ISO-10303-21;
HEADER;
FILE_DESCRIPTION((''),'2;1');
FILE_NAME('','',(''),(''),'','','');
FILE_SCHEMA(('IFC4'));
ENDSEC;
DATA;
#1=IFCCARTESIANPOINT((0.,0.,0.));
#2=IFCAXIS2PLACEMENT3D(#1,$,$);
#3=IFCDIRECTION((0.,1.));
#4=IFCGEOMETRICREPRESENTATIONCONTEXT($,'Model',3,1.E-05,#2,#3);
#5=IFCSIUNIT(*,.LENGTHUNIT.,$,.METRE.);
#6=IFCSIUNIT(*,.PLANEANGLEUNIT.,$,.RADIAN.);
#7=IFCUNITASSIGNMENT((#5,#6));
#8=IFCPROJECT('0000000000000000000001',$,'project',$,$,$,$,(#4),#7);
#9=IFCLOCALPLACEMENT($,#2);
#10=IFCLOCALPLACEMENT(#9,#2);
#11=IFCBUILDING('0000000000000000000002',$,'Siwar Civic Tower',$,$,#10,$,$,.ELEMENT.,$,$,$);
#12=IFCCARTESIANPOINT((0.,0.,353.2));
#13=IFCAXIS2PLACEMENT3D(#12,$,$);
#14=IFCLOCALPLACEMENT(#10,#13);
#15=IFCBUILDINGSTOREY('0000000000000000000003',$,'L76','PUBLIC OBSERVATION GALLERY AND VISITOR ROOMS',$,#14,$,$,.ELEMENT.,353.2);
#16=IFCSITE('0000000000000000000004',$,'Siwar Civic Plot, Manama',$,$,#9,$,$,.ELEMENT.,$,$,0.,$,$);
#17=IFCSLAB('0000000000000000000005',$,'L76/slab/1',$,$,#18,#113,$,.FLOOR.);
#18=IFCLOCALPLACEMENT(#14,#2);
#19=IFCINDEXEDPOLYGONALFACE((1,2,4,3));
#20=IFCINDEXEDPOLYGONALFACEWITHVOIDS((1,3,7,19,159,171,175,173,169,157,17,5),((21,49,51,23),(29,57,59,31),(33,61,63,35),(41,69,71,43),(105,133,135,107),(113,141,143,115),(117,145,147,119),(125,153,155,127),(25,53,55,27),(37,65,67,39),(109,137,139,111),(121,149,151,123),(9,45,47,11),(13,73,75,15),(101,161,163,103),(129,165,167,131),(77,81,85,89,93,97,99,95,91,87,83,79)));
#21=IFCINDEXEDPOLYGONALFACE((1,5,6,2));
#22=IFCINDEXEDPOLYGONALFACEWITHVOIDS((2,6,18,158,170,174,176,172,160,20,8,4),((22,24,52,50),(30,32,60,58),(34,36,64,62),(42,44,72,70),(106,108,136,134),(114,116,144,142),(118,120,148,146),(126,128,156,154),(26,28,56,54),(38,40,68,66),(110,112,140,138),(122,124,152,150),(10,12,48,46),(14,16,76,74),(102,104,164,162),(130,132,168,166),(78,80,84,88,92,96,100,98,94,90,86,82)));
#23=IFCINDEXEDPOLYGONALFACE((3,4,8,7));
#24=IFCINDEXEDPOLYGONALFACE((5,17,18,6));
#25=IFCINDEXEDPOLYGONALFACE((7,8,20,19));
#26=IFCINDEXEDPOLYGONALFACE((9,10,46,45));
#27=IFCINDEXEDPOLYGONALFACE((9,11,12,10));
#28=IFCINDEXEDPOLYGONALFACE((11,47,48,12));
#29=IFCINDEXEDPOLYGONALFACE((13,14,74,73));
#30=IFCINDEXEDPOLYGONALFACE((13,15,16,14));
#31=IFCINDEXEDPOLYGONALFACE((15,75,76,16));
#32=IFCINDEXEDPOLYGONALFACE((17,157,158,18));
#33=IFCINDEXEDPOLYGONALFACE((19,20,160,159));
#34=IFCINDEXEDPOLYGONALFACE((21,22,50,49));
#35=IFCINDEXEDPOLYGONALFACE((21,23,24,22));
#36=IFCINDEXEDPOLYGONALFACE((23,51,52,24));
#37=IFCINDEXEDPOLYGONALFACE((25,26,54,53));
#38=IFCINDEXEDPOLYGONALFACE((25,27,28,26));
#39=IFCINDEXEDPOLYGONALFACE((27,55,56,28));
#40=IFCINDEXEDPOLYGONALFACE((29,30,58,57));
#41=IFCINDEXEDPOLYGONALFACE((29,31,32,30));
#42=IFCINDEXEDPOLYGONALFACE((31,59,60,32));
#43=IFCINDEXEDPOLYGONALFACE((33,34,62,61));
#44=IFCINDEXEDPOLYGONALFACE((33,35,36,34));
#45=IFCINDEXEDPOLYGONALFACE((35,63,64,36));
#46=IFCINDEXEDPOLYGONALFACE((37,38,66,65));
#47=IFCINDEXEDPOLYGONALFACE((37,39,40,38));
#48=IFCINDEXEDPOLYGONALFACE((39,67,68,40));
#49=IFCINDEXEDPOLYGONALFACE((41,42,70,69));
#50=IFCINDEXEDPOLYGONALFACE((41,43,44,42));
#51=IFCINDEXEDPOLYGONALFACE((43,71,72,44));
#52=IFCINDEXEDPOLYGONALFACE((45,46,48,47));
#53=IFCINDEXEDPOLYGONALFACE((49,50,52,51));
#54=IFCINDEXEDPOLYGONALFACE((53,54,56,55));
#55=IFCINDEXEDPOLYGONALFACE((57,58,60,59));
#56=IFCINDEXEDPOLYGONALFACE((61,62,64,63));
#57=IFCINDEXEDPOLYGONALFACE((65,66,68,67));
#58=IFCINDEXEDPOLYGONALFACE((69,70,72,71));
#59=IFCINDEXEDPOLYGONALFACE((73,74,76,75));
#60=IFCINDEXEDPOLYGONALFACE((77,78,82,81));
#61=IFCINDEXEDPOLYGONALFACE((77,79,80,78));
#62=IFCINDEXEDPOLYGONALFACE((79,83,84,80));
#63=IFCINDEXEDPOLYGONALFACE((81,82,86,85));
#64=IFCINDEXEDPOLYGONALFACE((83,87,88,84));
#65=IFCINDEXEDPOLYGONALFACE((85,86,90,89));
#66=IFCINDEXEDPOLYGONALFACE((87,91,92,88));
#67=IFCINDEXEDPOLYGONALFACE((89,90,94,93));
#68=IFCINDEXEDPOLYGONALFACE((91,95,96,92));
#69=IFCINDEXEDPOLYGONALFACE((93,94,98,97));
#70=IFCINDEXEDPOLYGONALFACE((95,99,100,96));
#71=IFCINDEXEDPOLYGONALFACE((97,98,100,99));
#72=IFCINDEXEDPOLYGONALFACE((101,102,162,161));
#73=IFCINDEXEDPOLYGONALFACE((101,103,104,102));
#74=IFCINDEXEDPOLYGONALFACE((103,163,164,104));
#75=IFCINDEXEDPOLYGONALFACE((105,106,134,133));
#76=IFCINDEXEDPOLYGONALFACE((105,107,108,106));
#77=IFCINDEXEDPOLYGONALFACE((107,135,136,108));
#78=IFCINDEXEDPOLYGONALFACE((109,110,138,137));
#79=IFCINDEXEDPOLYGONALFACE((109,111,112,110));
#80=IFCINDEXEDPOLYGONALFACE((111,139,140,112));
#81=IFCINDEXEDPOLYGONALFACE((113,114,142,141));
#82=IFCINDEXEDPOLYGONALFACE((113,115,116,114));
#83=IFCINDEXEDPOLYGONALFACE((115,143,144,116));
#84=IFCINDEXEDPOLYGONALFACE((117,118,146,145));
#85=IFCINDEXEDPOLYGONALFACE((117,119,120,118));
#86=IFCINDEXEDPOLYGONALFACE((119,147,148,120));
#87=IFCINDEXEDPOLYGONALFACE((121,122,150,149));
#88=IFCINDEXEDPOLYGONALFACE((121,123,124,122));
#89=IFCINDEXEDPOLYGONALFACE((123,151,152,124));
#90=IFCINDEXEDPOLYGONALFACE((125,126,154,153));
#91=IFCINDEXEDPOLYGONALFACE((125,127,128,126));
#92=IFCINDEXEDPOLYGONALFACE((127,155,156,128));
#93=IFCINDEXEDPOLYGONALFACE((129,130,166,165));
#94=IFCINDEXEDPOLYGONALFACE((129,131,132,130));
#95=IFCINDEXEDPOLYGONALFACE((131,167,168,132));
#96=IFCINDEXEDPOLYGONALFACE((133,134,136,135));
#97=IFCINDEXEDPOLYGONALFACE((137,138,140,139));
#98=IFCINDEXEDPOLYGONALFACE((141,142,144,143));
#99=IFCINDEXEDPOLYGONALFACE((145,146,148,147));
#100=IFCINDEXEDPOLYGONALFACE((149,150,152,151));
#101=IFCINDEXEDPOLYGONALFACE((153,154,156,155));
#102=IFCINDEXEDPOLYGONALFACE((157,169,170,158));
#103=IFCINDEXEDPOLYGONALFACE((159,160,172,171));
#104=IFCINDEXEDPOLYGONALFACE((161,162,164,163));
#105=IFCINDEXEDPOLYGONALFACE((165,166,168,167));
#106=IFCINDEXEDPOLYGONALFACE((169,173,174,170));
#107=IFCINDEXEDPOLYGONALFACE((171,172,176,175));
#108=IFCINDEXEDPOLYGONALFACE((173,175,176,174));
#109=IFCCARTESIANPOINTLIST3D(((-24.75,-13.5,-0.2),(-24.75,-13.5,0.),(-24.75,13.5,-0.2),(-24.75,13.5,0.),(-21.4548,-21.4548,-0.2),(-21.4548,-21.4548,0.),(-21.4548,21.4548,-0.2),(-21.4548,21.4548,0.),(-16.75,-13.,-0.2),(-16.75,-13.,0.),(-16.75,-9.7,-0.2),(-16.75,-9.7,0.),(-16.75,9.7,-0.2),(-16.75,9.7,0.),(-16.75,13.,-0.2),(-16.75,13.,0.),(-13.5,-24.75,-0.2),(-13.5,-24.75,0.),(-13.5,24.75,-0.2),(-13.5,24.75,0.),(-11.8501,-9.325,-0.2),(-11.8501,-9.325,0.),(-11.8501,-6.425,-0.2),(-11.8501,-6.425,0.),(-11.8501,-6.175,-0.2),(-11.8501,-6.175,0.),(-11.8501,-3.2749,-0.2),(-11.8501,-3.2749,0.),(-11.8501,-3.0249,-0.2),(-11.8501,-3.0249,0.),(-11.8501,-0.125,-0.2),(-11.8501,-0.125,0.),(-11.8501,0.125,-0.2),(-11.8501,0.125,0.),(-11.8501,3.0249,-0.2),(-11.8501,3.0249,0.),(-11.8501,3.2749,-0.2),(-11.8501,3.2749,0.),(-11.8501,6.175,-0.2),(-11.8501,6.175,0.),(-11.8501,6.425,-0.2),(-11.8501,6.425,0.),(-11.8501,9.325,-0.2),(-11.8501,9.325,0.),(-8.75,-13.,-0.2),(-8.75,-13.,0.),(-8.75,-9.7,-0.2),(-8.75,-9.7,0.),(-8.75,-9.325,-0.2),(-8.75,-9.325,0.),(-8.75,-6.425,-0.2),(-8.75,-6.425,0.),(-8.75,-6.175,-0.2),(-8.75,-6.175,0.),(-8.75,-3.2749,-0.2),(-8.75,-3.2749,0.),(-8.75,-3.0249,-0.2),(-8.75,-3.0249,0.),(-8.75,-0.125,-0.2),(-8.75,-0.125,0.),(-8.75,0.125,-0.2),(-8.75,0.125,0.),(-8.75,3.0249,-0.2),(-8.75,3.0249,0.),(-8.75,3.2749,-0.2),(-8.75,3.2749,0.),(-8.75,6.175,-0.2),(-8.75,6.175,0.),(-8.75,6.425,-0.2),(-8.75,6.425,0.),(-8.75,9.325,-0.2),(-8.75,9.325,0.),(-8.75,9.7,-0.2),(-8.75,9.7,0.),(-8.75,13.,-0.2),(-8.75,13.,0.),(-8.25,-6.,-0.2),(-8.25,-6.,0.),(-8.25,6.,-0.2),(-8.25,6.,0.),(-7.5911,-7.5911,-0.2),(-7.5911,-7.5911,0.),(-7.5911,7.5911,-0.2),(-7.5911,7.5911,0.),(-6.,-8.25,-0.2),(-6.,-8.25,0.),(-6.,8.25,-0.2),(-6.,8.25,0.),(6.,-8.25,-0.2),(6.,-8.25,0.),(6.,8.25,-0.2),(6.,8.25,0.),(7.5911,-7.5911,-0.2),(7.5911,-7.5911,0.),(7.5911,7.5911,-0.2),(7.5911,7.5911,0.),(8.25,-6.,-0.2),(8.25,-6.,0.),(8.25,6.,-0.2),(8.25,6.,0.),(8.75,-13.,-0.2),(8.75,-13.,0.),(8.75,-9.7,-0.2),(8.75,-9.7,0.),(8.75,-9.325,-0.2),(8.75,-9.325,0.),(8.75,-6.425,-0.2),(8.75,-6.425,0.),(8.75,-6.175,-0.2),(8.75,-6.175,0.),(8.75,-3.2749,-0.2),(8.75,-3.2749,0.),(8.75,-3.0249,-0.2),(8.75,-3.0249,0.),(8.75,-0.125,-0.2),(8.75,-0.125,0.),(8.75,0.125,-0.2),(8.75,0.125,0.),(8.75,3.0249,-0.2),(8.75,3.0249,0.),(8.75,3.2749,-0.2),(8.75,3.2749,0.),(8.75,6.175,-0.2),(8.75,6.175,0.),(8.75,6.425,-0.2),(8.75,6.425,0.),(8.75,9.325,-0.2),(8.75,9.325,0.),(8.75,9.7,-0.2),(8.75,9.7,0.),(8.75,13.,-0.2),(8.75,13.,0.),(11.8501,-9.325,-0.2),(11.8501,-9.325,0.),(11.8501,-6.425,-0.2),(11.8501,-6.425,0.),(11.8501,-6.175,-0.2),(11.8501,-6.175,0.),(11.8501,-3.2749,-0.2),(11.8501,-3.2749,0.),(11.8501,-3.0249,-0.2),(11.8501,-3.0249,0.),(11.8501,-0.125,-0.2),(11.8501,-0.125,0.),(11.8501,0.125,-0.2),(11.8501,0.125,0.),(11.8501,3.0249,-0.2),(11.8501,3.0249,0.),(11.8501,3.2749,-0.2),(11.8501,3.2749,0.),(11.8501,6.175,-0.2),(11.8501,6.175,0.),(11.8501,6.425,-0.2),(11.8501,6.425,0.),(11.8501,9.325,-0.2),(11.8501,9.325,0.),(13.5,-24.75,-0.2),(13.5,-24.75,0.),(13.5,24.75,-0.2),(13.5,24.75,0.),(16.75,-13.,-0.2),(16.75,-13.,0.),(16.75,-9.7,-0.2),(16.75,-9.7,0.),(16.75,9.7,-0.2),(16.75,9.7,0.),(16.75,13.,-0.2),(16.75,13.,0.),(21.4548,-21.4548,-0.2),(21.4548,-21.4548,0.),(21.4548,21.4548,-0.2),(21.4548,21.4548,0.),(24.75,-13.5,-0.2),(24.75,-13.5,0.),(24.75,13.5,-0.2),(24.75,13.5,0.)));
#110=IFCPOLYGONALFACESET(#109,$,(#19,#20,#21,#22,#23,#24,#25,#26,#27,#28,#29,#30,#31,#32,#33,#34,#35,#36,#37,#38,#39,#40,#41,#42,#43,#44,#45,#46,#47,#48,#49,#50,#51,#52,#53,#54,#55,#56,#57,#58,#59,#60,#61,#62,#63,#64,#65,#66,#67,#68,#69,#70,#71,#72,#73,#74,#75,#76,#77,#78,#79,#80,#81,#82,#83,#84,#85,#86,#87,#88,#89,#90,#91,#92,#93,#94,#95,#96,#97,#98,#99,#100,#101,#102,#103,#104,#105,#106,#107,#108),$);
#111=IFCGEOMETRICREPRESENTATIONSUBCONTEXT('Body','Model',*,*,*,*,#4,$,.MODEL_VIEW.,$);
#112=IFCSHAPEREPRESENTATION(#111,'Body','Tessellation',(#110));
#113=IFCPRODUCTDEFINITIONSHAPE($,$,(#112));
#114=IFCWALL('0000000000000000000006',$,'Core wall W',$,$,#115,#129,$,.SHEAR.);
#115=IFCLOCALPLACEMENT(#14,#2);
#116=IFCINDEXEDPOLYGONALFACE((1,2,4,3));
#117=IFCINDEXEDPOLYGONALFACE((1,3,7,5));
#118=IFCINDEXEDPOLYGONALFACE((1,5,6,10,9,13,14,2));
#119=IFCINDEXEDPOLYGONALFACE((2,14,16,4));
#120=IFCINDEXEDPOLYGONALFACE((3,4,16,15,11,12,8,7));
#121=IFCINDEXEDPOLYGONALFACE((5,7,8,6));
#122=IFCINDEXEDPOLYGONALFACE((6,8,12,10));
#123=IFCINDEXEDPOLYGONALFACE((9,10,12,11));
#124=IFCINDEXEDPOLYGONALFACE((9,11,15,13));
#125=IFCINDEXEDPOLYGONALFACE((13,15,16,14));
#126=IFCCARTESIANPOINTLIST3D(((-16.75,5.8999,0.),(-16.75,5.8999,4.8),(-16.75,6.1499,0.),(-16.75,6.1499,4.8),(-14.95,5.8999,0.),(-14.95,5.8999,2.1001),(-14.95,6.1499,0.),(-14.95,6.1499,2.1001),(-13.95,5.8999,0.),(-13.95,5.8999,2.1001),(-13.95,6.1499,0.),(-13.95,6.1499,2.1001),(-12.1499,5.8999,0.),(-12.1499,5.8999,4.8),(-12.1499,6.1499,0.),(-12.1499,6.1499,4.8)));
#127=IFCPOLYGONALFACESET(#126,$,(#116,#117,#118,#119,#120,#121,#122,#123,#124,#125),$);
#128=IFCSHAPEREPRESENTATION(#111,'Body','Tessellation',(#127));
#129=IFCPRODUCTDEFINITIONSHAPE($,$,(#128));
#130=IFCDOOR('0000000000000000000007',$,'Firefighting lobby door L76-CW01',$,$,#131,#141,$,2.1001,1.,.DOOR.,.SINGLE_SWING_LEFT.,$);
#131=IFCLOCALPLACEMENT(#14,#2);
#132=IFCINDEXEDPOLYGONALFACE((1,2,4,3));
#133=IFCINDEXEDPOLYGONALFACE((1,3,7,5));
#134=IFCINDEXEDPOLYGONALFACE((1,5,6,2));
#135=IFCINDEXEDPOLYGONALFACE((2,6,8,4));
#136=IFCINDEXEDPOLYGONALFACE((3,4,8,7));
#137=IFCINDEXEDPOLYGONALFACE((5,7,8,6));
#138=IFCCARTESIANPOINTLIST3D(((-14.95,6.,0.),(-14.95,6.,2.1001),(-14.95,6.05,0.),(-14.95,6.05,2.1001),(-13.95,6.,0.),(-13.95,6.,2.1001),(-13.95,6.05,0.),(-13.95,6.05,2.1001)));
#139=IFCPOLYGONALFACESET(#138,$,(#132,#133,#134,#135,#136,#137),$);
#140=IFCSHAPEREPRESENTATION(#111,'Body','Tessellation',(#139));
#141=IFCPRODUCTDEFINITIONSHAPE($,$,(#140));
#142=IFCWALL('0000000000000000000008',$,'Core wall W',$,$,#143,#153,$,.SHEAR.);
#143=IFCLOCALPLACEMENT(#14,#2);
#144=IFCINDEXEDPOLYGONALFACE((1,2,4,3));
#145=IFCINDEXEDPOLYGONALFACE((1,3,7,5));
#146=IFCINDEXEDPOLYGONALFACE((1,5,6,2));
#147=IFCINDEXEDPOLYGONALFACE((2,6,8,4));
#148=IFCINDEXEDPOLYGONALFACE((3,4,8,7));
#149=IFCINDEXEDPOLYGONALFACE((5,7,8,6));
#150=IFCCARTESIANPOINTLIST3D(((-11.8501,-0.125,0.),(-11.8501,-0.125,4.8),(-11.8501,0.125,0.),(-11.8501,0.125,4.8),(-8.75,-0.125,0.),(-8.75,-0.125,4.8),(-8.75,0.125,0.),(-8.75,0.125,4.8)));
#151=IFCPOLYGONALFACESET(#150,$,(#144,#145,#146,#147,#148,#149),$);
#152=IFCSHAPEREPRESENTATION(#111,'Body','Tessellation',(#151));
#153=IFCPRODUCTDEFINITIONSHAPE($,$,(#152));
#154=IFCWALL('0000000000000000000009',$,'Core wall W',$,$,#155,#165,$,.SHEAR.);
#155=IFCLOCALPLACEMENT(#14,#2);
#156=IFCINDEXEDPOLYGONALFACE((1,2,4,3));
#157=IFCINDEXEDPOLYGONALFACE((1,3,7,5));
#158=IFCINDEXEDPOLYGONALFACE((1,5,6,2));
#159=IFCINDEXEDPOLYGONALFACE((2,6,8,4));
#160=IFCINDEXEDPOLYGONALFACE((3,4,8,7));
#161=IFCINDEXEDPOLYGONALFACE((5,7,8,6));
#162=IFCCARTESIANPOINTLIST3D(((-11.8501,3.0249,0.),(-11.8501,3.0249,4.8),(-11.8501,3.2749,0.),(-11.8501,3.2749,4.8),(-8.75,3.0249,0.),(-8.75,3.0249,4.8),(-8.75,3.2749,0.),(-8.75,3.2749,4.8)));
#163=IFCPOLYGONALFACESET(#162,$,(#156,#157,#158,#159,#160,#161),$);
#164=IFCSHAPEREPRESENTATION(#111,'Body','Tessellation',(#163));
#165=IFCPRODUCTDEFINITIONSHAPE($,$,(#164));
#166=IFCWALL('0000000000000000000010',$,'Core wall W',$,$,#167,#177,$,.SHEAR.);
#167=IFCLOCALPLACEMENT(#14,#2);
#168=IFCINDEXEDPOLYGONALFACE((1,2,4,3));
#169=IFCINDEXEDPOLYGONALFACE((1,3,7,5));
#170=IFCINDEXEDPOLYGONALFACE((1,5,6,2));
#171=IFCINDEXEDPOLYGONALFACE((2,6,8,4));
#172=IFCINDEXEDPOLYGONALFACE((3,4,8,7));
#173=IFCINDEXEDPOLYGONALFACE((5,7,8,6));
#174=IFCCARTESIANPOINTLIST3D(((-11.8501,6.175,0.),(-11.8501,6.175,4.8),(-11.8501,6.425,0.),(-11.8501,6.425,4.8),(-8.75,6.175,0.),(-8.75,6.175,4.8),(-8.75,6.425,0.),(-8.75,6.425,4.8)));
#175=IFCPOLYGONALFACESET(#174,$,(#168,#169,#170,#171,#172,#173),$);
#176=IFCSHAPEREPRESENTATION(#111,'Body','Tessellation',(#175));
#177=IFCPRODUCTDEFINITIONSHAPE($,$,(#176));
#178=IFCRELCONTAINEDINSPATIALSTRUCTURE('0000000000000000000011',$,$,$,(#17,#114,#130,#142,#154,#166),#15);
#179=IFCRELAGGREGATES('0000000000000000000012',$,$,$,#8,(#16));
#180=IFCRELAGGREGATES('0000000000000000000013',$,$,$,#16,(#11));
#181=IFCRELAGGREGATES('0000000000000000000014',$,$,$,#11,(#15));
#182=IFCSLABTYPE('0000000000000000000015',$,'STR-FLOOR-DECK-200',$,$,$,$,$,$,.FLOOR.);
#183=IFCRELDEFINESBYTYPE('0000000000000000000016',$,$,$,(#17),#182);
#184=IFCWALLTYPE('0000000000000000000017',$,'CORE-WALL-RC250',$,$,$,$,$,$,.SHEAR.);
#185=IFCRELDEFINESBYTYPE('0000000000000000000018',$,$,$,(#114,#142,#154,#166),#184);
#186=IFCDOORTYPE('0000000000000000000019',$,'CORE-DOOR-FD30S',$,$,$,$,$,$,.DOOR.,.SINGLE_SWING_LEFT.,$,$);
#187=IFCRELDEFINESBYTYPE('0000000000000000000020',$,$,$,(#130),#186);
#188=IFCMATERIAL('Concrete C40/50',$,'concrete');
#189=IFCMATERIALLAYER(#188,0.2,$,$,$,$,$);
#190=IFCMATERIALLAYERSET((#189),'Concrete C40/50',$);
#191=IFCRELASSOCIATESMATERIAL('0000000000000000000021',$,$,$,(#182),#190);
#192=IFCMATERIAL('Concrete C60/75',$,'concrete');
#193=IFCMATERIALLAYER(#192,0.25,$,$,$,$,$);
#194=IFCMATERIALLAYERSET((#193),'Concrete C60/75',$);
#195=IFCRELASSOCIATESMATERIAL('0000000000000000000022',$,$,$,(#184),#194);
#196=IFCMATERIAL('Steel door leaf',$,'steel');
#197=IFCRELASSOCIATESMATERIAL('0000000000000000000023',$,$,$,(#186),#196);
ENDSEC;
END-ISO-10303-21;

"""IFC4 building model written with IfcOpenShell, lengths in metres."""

from ifc_helpers import new_model, si_unit, direction, frame, frame_2d, origin, place, context, subcontext, project, spatial, polyline, rectangle, outline, extrude, material, layer, layer_set, type_object, element, fill, save


model = new_model("IFC4")

# Units and contexts
model_context = context("Model", 3, precision=1e-05, world=origin(), true_north=direction((0.0, 1.0)))
body_context = subcontext(model_context, "Body", "Model", "MODEL_VIEW")
ifc_project = project(units=[si_unit("LENGTHUNIT", "METRE"), si_unit("PLANEANGLEUNIT", "RADIAN")], contexts=[model_context])

# Site, building, storey
site_placement = place(None, origin())
site = spatial("IfcSite", under=ifc_project, at=site_placement, Name="Siwar Civic Plot, Manama", CompositionType="ELEMENT", RefElevation=0.0)
building_placement = place(site_placement, origin())
building = spatial("IfcBuilding", under=site, at=building_placement, Name="Siwar Civic Tower", CompositionType="ELEMENT")
storey_placement = place(building_placement, frame((0.0, 0.0, 353.2)))
storey = spatial("IfcBuildingStorey", under=building, at=storey_placement, Name="L76", Description="PUBLIC OBSERVATION GALLERY AND VISITOR ROOMS", CompositionType="ELEMENT", Elevation=353.2)

# Slab
ifc_material_1 = material(Name="Concrete C40/50", Category="concrete")
ifc_layer_1 = layer(ifc_material_1, 0.2)
ifc_layer_set_1 = layer_set([ifc_layer_1], Name="Concrete C40/50")
slab_type_1 = type_object("IfcSlabType", Name="STR-FLOOR-DECK-200", PredefinedType="FLOOR", material=ifc_layer_set_1)
slab_1_placement = place(storey_placement, frame((0.0, 0.0, -0.2)))
element("IfcSlab", 1, at=slab_1_placement, inside=storey, type_object=slab_type_1, Name="L76/slab/1", PredefinedType="FLOOR", context=body_context, shape_type="SweptSolid", body=[
    extrude(outline(polyline([(-13.5, -24.75), (13.5, -24.75), (21.4548, -21.4548), (24.75, -13.5), (24.75, 13.5), (21.4548, 21.4548), (13.5, 24.75), (-13.5, 24.75), (-21.4548, 21.4548), (-24.75, 13.5), (-24.75, -13.5), (-21.4548, -21.4548), (-13.5, -24.75)]), holes=[polyline([(16.75, 13.0), (16.75, 9.7), (8.75, 9.7), (8.75, 13.0), (16.75, 13.0)]), polyline([(8.75, -9.7), (16.75, -9.7), (16.75, -13.0), (8.75, -13.0), (8.75, -9.7)]), polyline([(11.8501, 9.325), (11.8501, 6.425), (8.75, 6.425), (8.75, 9.325), (11.8501, 9.325)]), polyline([(8.75, 6.175), (11.8501, 6.175), (11.8501, 3.2749), (8.75, 3.2749), (8.75, 6.175)]), polyline([(8.75, 3.0249), (11.8501, 3.0249), (11.8501, 0.125), (8.75, 0.125), (8.75, 3.0249)]), polyline([(8.75, -0.125), (11.8501, -0.125), (11.8501, -3.0249), (8.75, -3.0249), (8.75, -0.125)]), polyline([(8.75, -3.2749), (11.8501, -3.2749), (11.8501, -6.175), (8.75, -6.175), (8.75, -3.2749)]), polyline([(8.75, -6.425), (11.8501, -6.425), (11.8501, -9.325), (8.75, -9.325), (8.75, -6.425)]), polyline([(-6.0, 8.25), (6.0, 8.25), (7.5911, 7.5911), (8.25, 6.0), (8.25, -6.0), (7.5911, -7.5911), (6.0, -8.25), (-6.0, -8.25), (-7.5911, -7.5911), (-8.25, -6.0), (-8.25, 6.0), (-7.5911, 7.5911), (-6.0, 8.25)]), polyline([(-8.75, -13.0), (-16.75, -13.0), (-16.75, -9.7), (-8.75, -9.7), (-8.75, -13.0)]), polyline([(-8.75, 9.7), (-16.75, 9.7), (-16.75, 13.0), (-8.75, 13.0), (-8.75, 9.7)]), polyline([(-8.75, 6.425), (-11.8501, 6.425), (-11.8501, 9.325), (-8.75, 9.325), (-8.75, 6.425)]), polyline([(-8.75, 3.2749), (-11.8501, 3.2749), (-11.8501, 6.175), (-8.75, 6.175), (-8.75, 3.2749)]), polyline([(-8.75, 0.125), (-11.8501, 0.125), (-11.8501, 3.0249), (-8.75, 3.0249), (-8.75, 0.125)]), polyline([(-8.75, -3.0249), (-11.8501, -3.0249), (-11.8501, -0.125), (-8.75, -0.125), (-8.75, -3.0249)]), polyline([(-8.75, -6.175), (-11.8501, -6.175), (-11.8501, -3.2749), (-8.75, -3.2749), (-8.75, -6.175)]), polyline([(-8.75, -9.325), (-11.8501, -9.325), (-11.8501, -6.425), (-8.75, -6.425), (-8.75, -9.325)])]), origin(), (0.0, 0.0, 1.0), 0.2),
])

# Wall, opening, door
ifc_material_2 = material(Name="Concrete C60/75", Category="concrete")
ifc_layer_2 = layer(ifc_material_2, 0.25)
ifc_layer_set_2 = layer_set([ifc_layer_2], Name="Concrete C60/75")
wall_type_1 = type_object("IfcWallType", Name="CORE-WALL-RC250", PredefinedType="SHEAR", material=ifc_layer_set_2)
wall_1_placement = place(storey_placement, frame((-12.1499, 6.0249, 0.0), z_axis=(0.0, 0.0, 1.0), x_axis=(-1.0, 0.0, 0.0)))
wall_1 = element("IfcWall", 2, at=wall_1_placement, inside=storey, type_object=wall_type_1, Name="Core wall W", PredefinedType="SHEAR", context=body_context, shape_type="SweptSolid", body=[
    extrude(rectangle(XDim=4.6001, YDim=0.25, at=frame_2d((2.3, 0.0))), origin(), (0.0, 0.0, 1.0), 4.8),
])
opening_placement = place(wall_1_placement, frame((1.8, 0.0, 0.0)))
opening = element("IfcOpeningElement", 3, at=opening_placement, cuts=wall_1, PredefinedType="OPENING", context=body_context, shape_type="SweptSolid", body=[
    extrude(rectangle(XDim=1.0, YDim=2.1001, at=frame_2d((0.5, 1.05))), frame((0.0, 0.135, 0.0), z_axis=(0.0, -1.0, 0.0), x_axis=(1.0, 0.0, 0.0)), (0.0, 0.0, 1.0), 0.27),
])
ifc_material_3 = material(Name="Steel door leaf", Category="steel")
door_type = type_object("IfcDoorType", Name="CORE-DOOR-FD30S", OperationType="SINGLE_SWING_LEFT", PredefinedType="DOOR", material=ifc_material_3)
door_placement = place(opening_placement, origin())
door = element("IfcDoor", 4, at=door_placement, inside=storey, type_object=door_type, Name="Firefighting lobby door L76-CW01", OperationType="SINGLE_SWING_LEFT", OverallHeight=2.1001, OverallWidth=1.0, PredefinedType="DOOR", context=body_context, shape_type="SweptSolid", body=[
    extrude(rectangle(XDim=1.0, YDim=2.1001, at=frame_2d((0.5, 1.05))), frame((0.0, 0.0249, 0.0), z_axis=(0.0, -1.0, 0.0), x_axis=(1.0, 0.0, 0.0)), (0.0, 0.0, 1.0), 0.05),
])
fill(opening, door)

# Walls
for number, where, z_axis, x_axis, name in (
    (5, (-8.75, 0.0, 0.0), (0.0, 0.0, 1.0), (-1.0, 0.0, 0.0), "Core wall W"),
    (6, (-8.75, 3.1499, 0.0), (0.0, 0.0, 1.0), (-1.0, 0.0, 0.0), "Core wall W"),
    (7, (-8.75, 6.3, 0.0), (0.0, 0.0, 1.0), (-1.0, 0.0, 0.0), "Core wall W"),
):
    element("IfcWall", number, at=place(storey_placement, frame(where, z_axis=z_axis, x_axis=x_axis)), inside=storey, type_object=wall_type_1, Name=name, PredefinedType="SHEAR", context=body_context, shape_type="SweptSolid", body=[
        extrude(rectangle(XDim=3.1001, YDim=0.25, at=frame_2d((1.55, 0.0))), origin(), (0.0, 0.0, 1.0), 4.8),
    ])

save(model, "model.ifc")
